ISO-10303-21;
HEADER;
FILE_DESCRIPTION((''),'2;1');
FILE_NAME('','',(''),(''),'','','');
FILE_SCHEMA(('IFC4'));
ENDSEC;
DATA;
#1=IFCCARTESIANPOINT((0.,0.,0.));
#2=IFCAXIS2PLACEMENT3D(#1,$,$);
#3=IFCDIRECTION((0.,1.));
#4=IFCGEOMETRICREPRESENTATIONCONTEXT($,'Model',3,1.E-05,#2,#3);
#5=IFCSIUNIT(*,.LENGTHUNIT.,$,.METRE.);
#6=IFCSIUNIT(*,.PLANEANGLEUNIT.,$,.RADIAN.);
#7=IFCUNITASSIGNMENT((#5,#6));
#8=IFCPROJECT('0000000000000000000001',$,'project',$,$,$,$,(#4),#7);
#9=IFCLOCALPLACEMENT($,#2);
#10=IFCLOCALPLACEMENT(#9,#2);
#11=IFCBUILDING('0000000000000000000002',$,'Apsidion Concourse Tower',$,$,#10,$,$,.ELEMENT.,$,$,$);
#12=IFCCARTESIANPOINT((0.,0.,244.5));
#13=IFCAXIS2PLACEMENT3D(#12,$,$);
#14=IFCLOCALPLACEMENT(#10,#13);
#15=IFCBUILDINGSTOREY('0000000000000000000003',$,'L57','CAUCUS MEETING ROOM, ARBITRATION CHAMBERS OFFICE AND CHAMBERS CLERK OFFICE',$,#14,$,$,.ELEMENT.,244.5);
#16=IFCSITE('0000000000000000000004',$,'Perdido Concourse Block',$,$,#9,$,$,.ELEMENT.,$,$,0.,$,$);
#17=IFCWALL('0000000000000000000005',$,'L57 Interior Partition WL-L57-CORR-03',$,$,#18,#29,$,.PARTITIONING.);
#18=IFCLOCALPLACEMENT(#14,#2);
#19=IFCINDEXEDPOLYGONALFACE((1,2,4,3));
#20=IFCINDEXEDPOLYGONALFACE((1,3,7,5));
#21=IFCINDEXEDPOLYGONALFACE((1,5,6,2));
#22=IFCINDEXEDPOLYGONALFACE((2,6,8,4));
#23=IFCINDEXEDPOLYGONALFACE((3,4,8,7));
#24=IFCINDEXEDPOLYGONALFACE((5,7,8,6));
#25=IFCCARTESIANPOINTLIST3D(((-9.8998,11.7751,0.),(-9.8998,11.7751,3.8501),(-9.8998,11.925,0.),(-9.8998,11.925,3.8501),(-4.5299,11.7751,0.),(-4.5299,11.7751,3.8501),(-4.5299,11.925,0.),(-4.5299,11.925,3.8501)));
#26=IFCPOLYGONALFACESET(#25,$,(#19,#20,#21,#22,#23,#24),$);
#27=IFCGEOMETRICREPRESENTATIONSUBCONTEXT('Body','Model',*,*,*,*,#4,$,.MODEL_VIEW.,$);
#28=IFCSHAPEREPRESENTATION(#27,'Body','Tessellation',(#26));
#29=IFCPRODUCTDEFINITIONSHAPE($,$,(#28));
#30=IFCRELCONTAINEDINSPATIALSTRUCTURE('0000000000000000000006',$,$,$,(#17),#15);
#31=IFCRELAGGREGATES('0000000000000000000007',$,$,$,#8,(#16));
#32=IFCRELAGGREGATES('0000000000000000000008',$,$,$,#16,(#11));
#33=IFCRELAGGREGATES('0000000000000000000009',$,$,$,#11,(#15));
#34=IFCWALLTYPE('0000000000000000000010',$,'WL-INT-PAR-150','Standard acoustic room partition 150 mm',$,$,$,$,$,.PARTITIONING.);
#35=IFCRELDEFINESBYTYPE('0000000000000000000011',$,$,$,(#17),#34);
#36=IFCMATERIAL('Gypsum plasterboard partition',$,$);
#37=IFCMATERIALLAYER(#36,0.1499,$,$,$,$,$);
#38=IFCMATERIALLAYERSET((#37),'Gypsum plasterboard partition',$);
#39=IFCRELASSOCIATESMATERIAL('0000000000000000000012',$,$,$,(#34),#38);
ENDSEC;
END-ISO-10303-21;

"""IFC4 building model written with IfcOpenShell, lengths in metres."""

from ifc_helpers import new_model, si_unit, direction, frame, frame_2d, origin, place, context, subcontext, project, spatial, rectangle, extrude, material, layer, layer_set, type_object, element, save


model = new_model("IFC4")

# Units and contexts
model_context = context("Model", 3, precision=1e-05, world=origin(), true_north=direction((0.0, 1.0)))
body_context = subcontext(model_context, "Body", "Model", "MODEL_VIEW")
ifc_project = project(units=[si_unit("LENGTHUNIT", "METRE"), si_unit("PLANEANGLEUNIT", "RADIAN")], contexts=[model_context])

# Site, building, storey
site_placement = place(None, origin())
site = spatial("IfcSite", under=ifc_project, at=site_placement, Name="Perdido Concourse Block", CompositionType="ELEMENT", RefElevation=0.0)
building_placement = place(site_placement, origin())
building = spatial("IfcBuilding", under=site, at=building_placement, Name="Apsidion Concourse Tower", CompositionType="ELEMENT")
storey_placement = place(building_placement, frame((0.0, 0.0, 244.5)))
storey = spatial("IfcBuildingStorey", under=building, at=storey_placement, Name="L57", Description="CAUCUS MEETING ROOM, ARBITRATION CHAMBERS OFFICE AND CHAMBERS CLERK OFFICE", CompositionType="ELEMENT", Elevation=244.5)

# Wall
ifc_material_1 = material(Name="Gypsum plasterboard partition")
ifc_layer_1 = layer(ifc_material_1, 0.1499)
ifc_layer_set_1 = layer_set([ifc_layer_1], Name="Gypsum plasterboard partition")
wall_type_1 = type_object("IfcWallType", Name="WL-INT-PAR-150", Description="Standard acoustic room partition 150 mm", PredefinedType="PARTITIONING", material=ifc_layer_set_1)
wall_1_placement = place(storey_placement, frame((-9.8999, 11.8501, 0.0), z_axis=(0.0, 0.0, 1.0), x_axis=(1.0, 0.0, 0.0)))
element("IfcWall", 1, at=wall_1_placement, inside=storey, type_object=wall_type_1, Name="L57 Interior Partition WL-L57-CORR-03", PredefinedType="PARTITIONING", context=body_context, shape_type="SweptSolid", body=[
    extrude(rectangle(XDim=5.3699, YDim=0.1499, at=frame_2d((2.6851, 0.0))), origin(), (0.0, 0.0, 1.0), 3.8501),
])

save(model, "model.ifc")
